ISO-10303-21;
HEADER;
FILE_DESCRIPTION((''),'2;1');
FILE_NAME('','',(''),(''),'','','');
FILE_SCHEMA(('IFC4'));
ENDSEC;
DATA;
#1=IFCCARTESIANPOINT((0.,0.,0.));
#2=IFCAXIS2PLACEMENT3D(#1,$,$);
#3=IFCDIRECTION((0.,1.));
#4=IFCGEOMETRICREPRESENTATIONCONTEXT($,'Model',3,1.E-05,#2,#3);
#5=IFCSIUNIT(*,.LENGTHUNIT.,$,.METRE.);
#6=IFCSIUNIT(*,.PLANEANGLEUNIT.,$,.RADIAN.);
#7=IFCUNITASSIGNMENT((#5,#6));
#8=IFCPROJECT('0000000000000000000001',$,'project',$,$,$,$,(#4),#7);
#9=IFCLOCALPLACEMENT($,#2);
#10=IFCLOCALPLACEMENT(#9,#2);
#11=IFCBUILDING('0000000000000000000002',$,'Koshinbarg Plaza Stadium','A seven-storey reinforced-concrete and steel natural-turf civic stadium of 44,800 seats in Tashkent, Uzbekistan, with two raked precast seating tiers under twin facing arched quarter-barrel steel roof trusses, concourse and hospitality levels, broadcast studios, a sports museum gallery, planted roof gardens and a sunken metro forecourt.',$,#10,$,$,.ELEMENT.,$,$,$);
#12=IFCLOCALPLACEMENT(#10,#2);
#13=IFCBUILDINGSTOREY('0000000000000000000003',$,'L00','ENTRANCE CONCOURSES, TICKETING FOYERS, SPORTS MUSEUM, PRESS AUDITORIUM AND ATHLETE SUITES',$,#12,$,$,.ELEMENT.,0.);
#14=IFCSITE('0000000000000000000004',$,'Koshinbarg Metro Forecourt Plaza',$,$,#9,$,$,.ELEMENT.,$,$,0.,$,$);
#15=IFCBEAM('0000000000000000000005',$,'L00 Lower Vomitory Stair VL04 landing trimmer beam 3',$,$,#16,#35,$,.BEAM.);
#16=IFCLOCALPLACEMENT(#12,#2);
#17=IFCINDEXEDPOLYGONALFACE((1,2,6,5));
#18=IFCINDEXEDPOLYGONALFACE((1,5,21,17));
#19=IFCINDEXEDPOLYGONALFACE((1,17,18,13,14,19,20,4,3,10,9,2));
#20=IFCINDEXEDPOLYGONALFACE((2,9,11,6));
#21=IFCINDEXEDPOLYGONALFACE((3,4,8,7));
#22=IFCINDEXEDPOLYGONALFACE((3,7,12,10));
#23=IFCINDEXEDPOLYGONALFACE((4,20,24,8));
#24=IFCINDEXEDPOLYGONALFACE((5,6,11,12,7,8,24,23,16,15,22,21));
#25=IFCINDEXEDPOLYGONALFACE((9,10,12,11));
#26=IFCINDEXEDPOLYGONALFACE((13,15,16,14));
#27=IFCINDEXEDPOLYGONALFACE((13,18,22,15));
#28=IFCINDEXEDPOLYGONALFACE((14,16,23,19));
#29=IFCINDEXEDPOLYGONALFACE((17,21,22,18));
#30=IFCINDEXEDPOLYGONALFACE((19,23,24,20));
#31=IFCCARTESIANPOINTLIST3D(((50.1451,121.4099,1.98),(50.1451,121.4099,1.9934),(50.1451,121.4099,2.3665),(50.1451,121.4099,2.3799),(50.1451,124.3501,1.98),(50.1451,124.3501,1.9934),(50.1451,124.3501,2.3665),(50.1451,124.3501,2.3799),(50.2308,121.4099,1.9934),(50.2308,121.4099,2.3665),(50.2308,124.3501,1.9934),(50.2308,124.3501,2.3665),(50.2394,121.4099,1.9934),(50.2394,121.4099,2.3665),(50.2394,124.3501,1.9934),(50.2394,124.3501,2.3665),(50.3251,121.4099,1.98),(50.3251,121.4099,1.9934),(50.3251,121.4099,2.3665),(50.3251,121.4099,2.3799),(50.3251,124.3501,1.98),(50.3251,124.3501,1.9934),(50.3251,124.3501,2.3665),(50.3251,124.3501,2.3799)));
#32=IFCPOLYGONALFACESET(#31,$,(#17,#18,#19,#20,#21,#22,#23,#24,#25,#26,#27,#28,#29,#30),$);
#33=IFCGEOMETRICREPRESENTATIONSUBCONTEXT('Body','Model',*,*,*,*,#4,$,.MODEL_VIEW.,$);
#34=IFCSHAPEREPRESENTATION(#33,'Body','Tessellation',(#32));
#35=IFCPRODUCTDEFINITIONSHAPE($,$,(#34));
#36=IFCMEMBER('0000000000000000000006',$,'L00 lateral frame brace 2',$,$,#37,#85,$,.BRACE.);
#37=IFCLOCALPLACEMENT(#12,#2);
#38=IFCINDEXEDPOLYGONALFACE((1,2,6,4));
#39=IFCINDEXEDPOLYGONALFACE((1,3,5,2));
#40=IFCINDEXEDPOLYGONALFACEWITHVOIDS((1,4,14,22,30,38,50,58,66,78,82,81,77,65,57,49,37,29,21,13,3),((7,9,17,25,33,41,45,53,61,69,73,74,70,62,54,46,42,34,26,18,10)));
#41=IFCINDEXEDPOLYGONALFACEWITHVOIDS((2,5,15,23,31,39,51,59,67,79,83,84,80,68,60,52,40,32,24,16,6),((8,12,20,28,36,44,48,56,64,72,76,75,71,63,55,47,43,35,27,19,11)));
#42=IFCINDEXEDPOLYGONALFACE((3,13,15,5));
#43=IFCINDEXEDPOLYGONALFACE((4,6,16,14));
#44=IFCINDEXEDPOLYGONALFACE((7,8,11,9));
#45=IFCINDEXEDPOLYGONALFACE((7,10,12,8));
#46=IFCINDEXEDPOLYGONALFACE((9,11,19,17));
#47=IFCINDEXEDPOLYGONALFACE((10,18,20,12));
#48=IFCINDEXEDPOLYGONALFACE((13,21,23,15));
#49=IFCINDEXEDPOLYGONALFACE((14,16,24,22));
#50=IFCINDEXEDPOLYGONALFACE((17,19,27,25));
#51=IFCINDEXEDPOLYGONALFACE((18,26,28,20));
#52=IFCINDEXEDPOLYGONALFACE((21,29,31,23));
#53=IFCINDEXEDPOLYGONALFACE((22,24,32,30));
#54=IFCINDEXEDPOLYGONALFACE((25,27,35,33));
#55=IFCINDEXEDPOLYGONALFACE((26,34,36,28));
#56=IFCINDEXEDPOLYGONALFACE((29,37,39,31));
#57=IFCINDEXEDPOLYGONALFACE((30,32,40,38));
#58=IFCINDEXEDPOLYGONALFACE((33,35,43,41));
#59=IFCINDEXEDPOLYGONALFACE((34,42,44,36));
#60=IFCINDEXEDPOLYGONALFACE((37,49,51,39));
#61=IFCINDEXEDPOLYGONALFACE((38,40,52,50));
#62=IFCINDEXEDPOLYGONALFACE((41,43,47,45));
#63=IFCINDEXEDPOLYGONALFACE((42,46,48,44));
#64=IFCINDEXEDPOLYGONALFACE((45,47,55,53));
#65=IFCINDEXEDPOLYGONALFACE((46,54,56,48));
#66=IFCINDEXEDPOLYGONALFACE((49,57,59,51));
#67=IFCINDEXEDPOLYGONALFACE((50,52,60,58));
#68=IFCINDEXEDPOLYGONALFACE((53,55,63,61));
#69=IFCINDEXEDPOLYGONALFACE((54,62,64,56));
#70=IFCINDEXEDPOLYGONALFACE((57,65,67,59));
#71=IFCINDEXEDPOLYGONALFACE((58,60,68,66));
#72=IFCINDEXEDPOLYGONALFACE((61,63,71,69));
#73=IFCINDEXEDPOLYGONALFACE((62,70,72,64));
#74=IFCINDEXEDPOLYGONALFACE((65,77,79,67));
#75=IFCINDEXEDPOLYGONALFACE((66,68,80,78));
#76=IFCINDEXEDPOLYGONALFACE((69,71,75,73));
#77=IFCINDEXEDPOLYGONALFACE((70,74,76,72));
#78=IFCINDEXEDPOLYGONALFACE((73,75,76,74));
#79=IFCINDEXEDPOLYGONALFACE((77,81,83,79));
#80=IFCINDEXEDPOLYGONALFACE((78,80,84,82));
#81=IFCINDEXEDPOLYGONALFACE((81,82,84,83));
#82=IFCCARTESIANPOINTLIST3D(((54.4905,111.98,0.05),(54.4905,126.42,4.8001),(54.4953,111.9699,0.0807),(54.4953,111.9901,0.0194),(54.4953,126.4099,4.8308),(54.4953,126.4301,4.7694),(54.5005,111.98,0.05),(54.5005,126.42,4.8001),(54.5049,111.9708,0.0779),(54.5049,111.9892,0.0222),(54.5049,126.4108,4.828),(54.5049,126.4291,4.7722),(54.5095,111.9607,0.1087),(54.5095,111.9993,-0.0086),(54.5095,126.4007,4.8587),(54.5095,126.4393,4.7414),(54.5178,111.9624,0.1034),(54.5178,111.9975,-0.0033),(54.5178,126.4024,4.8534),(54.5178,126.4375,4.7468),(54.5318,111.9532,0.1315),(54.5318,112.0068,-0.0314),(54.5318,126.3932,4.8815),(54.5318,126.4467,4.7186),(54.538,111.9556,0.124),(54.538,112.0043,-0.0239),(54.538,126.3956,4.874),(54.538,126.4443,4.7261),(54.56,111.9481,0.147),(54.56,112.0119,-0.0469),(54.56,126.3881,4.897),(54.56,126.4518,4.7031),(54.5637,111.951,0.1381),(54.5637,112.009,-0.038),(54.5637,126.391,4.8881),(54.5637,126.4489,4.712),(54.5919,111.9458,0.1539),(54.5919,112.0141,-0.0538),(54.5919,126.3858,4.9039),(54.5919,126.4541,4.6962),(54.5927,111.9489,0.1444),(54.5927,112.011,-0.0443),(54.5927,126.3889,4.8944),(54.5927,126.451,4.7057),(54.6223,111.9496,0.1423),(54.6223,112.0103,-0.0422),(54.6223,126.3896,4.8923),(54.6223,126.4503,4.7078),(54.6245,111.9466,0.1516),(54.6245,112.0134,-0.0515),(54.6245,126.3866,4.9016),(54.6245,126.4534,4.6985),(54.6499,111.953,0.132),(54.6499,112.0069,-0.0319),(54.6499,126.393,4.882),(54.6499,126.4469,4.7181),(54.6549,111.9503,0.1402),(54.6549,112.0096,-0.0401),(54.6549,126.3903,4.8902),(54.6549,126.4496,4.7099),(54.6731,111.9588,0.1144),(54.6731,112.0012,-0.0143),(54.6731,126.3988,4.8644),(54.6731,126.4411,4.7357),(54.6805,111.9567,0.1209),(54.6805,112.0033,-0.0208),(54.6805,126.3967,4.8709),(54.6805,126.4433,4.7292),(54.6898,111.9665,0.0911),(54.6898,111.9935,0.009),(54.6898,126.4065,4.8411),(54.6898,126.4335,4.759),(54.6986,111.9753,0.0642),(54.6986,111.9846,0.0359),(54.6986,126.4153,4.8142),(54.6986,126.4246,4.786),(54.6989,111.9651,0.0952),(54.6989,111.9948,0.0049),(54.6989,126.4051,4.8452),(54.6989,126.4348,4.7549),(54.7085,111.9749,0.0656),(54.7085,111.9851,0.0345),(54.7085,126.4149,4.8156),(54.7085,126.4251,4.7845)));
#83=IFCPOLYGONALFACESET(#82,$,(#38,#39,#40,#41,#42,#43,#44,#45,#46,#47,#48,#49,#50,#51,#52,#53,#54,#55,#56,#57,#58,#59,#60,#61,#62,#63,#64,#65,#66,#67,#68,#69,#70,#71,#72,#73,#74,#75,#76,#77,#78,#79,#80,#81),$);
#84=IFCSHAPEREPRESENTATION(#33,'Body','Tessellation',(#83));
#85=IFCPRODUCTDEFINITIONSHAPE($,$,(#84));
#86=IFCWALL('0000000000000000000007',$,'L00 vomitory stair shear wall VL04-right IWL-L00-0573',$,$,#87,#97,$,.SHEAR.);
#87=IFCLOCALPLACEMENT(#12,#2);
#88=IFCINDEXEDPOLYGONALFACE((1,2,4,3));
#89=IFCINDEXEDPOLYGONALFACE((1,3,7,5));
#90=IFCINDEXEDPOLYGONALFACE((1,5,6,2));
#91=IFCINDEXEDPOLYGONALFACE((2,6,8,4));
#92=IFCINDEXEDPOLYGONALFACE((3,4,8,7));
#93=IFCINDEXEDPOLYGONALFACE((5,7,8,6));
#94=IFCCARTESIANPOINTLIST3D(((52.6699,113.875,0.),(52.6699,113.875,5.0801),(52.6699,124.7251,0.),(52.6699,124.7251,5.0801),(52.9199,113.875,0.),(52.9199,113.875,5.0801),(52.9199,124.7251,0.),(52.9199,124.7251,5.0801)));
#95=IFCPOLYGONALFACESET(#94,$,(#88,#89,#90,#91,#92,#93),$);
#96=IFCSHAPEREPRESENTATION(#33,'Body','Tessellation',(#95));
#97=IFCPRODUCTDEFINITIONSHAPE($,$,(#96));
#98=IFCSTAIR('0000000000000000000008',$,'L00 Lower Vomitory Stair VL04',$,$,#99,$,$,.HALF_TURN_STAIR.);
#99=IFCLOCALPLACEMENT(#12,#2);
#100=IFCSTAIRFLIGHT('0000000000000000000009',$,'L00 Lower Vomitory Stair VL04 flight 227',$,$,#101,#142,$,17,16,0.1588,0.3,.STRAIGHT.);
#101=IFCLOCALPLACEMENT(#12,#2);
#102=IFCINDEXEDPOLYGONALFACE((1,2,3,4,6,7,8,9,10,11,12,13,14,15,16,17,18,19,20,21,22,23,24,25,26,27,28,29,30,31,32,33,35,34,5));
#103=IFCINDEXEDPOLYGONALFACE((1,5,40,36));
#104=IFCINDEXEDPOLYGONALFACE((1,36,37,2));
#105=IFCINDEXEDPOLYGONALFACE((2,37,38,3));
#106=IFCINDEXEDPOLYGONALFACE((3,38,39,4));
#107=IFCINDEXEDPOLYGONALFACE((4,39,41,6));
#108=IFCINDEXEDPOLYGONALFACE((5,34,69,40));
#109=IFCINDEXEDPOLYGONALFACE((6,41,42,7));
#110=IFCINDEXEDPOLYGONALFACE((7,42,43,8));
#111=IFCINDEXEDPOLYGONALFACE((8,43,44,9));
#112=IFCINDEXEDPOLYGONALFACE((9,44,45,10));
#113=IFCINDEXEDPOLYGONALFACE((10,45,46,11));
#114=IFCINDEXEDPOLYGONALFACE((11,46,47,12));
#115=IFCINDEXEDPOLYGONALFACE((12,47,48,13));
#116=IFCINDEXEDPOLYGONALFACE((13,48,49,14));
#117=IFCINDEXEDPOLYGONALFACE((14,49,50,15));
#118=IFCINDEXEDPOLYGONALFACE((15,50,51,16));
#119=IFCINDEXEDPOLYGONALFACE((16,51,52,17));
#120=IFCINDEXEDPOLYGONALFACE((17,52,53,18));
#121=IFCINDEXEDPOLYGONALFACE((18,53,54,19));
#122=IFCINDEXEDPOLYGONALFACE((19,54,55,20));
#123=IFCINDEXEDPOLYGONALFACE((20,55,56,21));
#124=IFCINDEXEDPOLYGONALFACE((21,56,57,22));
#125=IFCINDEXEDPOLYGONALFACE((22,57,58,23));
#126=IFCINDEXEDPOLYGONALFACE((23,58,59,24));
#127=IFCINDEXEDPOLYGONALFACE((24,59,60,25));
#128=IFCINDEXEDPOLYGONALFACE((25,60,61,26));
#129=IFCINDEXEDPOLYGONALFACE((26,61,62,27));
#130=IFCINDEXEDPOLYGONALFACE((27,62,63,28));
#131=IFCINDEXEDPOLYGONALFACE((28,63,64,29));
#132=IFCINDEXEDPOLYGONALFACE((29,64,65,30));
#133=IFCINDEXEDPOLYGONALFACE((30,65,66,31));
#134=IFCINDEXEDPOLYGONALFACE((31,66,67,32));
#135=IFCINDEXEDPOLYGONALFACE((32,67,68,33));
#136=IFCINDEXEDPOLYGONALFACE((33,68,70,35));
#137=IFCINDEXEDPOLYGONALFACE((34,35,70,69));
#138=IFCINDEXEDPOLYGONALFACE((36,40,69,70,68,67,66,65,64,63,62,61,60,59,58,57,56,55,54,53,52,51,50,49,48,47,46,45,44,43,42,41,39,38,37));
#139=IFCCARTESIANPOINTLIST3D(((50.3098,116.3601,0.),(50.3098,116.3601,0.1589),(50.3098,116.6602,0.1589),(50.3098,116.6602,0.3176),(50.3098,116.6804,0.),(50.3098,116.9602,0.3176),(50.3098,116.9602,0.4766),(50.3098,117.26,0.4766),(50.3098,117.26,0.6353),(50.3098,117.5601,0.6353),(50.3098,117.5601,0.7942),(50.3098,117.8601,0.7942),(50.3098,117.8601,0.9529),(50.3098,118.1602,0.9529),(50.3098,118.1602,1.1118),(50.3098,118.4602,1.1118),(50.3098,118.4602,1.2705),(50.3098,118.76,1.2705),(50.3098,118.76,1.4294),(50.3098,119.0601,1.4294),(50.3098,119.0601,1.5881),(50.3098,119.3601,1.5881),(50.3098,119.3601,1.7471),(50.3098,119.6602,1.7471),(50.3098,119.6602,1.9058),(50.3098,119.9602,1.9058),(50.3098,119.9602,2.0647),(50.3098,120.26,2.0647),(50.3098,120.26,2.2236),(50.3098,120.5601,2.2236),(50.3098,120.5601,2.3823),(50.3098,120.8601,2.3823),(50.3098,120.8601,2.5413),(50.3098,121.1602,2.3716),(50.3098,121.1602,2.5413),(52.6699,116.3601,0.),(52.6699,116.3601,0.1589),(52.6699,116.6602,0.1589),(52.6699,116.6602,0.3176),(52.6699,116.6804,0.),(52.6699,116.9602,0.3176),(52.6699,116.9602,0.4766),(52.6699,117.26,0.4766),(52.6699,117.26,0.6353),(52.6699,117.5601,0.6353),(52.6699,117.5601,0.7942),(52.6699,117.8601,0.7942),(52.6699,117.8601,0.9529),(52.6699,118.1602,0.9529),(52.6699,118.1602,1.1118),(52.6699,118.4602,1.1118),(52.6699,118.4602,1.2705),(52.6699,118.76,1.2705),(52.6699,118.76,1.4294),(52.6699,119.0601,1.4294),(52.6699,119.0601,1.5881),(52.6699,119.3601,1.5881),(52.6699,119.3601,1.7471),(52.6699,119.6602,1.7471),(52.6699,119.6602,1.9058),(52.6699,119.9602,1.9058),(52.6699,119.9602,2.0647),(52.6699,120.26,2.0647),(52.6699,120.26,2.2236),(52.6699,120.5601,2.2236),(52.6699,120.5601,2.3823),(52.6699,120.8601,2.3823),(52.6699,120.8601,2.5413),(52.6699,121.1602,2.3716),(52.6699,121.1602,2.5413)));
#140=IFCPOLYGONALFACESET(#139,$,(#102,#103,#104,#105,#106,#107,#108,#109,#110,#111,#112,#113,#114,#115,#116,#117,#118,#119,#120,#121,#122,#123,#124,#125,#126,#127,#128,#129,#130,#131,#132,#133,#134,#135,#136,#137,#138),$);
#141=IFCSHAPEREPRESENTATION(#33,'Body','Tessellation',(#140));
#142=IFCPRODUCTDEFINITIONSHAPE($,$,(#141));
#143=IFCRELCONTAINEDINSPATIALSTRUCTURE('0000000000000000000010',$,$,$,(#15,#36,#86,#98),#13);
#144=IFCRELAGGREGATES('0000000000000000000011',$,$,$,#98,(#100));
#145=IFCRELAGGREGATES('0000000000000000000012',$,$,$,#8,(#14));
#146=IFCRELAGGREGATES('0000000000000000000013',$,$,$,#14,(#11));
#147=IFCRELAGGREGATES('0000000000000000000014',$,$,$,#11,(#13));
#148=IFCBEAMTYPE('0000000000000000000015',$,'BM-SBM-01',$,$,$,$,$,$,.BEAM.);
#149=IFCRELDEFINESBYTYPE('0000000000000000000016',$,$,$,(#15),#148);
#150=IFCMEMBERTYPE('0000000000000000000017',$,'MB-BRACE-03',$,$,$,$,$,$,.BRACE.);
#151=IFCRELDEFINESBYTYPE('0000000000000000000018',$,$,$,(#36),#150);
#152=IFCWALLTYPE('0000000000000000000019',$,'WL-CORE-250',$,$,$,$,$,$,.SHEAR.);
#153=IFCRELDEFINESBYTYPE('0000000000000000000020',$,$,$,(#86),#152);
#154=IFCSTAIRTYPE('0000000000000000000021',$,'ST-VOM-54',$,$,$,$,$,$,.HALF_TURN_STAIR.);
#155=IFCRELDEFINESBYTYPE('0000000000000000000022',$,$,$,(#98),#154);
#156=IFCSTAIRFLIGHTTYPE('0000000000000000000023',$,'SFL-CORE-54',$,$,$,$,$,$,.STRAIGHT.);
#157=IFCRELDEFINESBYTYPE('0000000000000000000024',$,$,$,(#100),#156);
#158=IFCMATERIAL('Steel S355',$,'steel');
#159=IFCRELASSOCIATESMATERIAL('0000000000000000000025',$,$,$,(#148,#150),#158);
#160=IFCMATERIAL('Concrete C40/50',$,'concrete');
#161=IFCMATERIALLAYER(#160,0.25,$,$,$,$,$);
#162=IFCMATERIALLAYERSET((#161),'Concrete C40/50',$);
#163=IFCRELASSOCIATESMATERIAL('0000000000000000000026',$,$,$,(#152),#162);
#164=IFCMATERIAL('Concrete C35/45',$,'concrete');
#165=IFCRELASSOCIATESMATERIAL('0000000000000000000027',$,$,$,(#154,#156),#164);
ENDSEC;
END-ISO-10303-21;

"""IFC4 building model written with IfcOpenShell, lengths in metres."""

from ifc_helpers import new_model, si_unit, direction, frame, frame_2d, origin, origin_2d, place, context, subcontext, project, spatial, polyline, rectangle, hollow_circle, i_section, outline, extrude, material, layer, layer_set, material_profile, profile_set, type_object, element, aggregate, save


model = new_model("IFC4")

# Units and contexts
model_context = context("Model", 3, precision=1e-05, world=origin(), true_north=direction((0.0, 1.0)))
body_context = subcontext(model_context, "Body", "Model", "MODEL_VIEW")
ifc_project = project(units=[si_unit("LENGTHUNIT", "METRE"), si_unit("PLANEANGLEUNIT", "RADIAN")], contexts=[model_context])

# Site, building, storey
site_placement = place(None, origin())
site = spatial("IfcSite", under=ifc_project, at=site_placement, Name="Koshinbarg Metro Forecourt Plaza", CompositionType="ELEMENT", RefElevation=0.0)
building_placement = place(site_placement, origin())
building = spatial("IfcBuilding", under=site, at=building_placement, Name="Koshinbarg Plaza Stadium", Description="A seven-storey reinforced-concrete and steel natural-turf civic stadium of 44,800 seats in Tashkent, Uzbekistan, with two raked precast seating tiers under twin facing arched quarter-barrel steel roof trusses, concourse and hospitality levels, broadcast studios, a sports museum gallery, planted roof gardens and a sunken metro forecourt.", CompositionType="ELEMENT")
storey_placement = place(building_placement, origin())
storey = spatial("IfcBuildingStorey", under=building, at=storey_placement, Name="L00", Description="ENTRANCE CONCOURSES, TICKETING FOYERS, SPORTS MUSEUM, PRESS AUDITORIUM AND ATHLETE SUITES", CompositionType="ELEMENT", Elevation=0.0)

# Shared definitions
ifc_material_1 = material(Name="Concrete C35/45", Category="concrete")

# Shared definitions
ifc_material_2 = material(Name="Concrete C40/50", Category="concrete")

# Beam
ifc_material_3 = material(Name="Steel S355", Category="steel")
ifc_material_profile_1 = material_profile(ifc_material_3, i_section(OverallWidth=0.1799, OverallDepth=0.3999, WebThickness=0.0085, FlangeThickness=0.0134, at=origin_2d()), Name="IPE 400")
ifc_profile_set_1 = profile_set([ifc_material_profile_1], Name="Steel S355")
beam_type = type_object("IfcBeamType", Name="BM-SBM-01", PredefinedType="BEAM", material=ifc_profile_set_1)
beam_placement = place(storey_placement, frame((50.2351, 121.4099, 2.1799), z_axis=(0.0, 1.0, 0.0), x_axis=(-1.0, 0.0, 0.0)))
element("IfcBeam", 1, at=beam_placement, inside=storey, type_object=beam_type, Name="L00 Lower Vomitory Stair VL04 landing trimmer beam 3", PredefinedType="BEAM", context=body_context, shape_type="SweptSolid", body=[
    extrude(i_section(OverallWidth=0.1799, OverallDepth=0.3999, WebThickness=0.0085, FlangeThickness=0.0134, at=origin_2d()), origin(), (0.0, 0.0, 1.0), 2.9402),
])

# Member
ifc_material_profile_2 = material_profile(ifc_material_3, hollow_circle(Radius=0.1096, WallThickness=0.01, at=origin_2d()), Name="CHS 219.1x10")
ifc_profile_set_2 = profile_set([ifc_material_profile_2], Name="Steel S355")
member_type = type_object("IfcMemberType", Name="MB-BRACE-03", PredefinedType="BRACE", material=ifc_profile_set_2)
member_placement = place(storey_placement, frame((54.6001, 111.98, 0.05), z_axis=(0.0, 0.949925, 0.312477), x_axis=(-1.0, 0.0, 0.0)))
element("IfcMember", 2, at=member_placement, inside=storey, type_object=member_type, Name="L00 lateral frame brace 2", PredefinedType="BRACE", context=body_context, shape_type="SweptSolid", body=[
    extrude(hollow_circle(Radius=0.1096, WallThickness=0.01, at=origin_2d()), origin(), (0.0, 0.0, 1.0), 15.2012),
])

# Wall
ifc_layer = layer(ifc_material_2, 0.25)
ifc_layer_set = layer_set([ifc_layer], Name="Concrete C40/50")
wall_type = type_object("IfcWallType", Name="WL-CORE-250", PredefinedType="SHEAR", material=ifc_layer_set)
wall_placement = place(storey_placement, frame((52.7949, 113.875, 0.0), z_axis=(0.0, 0.0, 1.0), x_axis=(0.0, 1.0, 0.0)))
element("IfcWall", 3, at=wall_placement, inside=storey, type_object=wall_type, Name="L00 vomitory stair shear wall VL04-right IWL-L00-0573", PredefinedType="SHEAR", context=body_context, shape_type="SweptSolid", body=[
    extrude(rectangle(XDim=10.8501, YDim=0.25, at=frame_2d((5.425, 0.0))), origin(), (0.0, 0.0, 1.0), 5.0801),
])

# Stair, stair flight
stair_type = type_object("IfcStairType", Name="ST-VOM-54", PredefinedType="HALF_TURN_STAIR", material=ifc_material_1)
stair_placement = place(storey_placement, origin())
stair = element("IfcStair", 4, at=stair_placement, inside=storey, type_object=stair_type, Name="L00 Lower Vomitory Stair VL04", PredefinedType="HALF_TURN_STAIR")
stair_flight_type = type_object("IfcStairFlightType", Name="SFL-CORE-54", PredefinedType="STRAIGHT", material=ifc_material_1)
stair_flight_1_placement = place(storey_placement, frame((51.49, 116.3601, 0.0), z_axis=(0.0, 0.0, 1.0), x_axis=(0.0, 1.0, 0.0)))
stair_flight_1 = element("IfcStairFlight", 5, at=stair_flight_1_placement, type_object=stair_flight_type, Name="L00 Lower Vomitory Stair VL04 flight 227", NumberOfRisers=17, NumberOfTreads=16, PredefinedType="STRAIGHT", RiserHeight=0.1588, TreadLength=0.3, context=body_context, shape_type="SweptSolid", body=[
    extrude(outline(polyline([(0.0, 0.0), (0.0, 0.1589), (0.3, 0.1589), (0.3, 0.3176), (0.6001, 0.3176), (0.6001, 0.4766), (0.8999, 0.4766), (0.8999, 0.6353), (1.2, 0.6353), (1.2, 0.7942), (1.5, 0.7942), (1.5, 0.9529), (1.8, 0.9529), (1.8, 1.1118), (2.1001, 1.1118), (2.1001, 1.2705), (2.3999, 1.2705), (2.3999, 1.4294), (2.7, 1.4294), (2.7, 1.5881), (3.0, 1.5881), (3.0, 1.7471), (3.3, 1.7471), (3.3, 1.9058), (3.6001, 1.9058), (3.6001, 2.0647), (3.8999, 2.0647), (3.8999, 2.2236), (4.2, 2.2236), (4.2, 2.3823), (4.5, 2.3823), (4.5, 2.5413), (4.8, 2.5413), (4.8, 2.7), (4.8, 2.3716), (0.3203, 0.0), (0.0, 0.0)])), frame((0.0, 1.1802, 0.0), z_axis=(0.0, -1.0, 0.0), x_axis=(1.0, 0.0, 0.0)), (0.0, 0.0, 1.0), 2.3601),
])
aggregate(stair, [stair_flight_1])

save(model, "model.ifc")
